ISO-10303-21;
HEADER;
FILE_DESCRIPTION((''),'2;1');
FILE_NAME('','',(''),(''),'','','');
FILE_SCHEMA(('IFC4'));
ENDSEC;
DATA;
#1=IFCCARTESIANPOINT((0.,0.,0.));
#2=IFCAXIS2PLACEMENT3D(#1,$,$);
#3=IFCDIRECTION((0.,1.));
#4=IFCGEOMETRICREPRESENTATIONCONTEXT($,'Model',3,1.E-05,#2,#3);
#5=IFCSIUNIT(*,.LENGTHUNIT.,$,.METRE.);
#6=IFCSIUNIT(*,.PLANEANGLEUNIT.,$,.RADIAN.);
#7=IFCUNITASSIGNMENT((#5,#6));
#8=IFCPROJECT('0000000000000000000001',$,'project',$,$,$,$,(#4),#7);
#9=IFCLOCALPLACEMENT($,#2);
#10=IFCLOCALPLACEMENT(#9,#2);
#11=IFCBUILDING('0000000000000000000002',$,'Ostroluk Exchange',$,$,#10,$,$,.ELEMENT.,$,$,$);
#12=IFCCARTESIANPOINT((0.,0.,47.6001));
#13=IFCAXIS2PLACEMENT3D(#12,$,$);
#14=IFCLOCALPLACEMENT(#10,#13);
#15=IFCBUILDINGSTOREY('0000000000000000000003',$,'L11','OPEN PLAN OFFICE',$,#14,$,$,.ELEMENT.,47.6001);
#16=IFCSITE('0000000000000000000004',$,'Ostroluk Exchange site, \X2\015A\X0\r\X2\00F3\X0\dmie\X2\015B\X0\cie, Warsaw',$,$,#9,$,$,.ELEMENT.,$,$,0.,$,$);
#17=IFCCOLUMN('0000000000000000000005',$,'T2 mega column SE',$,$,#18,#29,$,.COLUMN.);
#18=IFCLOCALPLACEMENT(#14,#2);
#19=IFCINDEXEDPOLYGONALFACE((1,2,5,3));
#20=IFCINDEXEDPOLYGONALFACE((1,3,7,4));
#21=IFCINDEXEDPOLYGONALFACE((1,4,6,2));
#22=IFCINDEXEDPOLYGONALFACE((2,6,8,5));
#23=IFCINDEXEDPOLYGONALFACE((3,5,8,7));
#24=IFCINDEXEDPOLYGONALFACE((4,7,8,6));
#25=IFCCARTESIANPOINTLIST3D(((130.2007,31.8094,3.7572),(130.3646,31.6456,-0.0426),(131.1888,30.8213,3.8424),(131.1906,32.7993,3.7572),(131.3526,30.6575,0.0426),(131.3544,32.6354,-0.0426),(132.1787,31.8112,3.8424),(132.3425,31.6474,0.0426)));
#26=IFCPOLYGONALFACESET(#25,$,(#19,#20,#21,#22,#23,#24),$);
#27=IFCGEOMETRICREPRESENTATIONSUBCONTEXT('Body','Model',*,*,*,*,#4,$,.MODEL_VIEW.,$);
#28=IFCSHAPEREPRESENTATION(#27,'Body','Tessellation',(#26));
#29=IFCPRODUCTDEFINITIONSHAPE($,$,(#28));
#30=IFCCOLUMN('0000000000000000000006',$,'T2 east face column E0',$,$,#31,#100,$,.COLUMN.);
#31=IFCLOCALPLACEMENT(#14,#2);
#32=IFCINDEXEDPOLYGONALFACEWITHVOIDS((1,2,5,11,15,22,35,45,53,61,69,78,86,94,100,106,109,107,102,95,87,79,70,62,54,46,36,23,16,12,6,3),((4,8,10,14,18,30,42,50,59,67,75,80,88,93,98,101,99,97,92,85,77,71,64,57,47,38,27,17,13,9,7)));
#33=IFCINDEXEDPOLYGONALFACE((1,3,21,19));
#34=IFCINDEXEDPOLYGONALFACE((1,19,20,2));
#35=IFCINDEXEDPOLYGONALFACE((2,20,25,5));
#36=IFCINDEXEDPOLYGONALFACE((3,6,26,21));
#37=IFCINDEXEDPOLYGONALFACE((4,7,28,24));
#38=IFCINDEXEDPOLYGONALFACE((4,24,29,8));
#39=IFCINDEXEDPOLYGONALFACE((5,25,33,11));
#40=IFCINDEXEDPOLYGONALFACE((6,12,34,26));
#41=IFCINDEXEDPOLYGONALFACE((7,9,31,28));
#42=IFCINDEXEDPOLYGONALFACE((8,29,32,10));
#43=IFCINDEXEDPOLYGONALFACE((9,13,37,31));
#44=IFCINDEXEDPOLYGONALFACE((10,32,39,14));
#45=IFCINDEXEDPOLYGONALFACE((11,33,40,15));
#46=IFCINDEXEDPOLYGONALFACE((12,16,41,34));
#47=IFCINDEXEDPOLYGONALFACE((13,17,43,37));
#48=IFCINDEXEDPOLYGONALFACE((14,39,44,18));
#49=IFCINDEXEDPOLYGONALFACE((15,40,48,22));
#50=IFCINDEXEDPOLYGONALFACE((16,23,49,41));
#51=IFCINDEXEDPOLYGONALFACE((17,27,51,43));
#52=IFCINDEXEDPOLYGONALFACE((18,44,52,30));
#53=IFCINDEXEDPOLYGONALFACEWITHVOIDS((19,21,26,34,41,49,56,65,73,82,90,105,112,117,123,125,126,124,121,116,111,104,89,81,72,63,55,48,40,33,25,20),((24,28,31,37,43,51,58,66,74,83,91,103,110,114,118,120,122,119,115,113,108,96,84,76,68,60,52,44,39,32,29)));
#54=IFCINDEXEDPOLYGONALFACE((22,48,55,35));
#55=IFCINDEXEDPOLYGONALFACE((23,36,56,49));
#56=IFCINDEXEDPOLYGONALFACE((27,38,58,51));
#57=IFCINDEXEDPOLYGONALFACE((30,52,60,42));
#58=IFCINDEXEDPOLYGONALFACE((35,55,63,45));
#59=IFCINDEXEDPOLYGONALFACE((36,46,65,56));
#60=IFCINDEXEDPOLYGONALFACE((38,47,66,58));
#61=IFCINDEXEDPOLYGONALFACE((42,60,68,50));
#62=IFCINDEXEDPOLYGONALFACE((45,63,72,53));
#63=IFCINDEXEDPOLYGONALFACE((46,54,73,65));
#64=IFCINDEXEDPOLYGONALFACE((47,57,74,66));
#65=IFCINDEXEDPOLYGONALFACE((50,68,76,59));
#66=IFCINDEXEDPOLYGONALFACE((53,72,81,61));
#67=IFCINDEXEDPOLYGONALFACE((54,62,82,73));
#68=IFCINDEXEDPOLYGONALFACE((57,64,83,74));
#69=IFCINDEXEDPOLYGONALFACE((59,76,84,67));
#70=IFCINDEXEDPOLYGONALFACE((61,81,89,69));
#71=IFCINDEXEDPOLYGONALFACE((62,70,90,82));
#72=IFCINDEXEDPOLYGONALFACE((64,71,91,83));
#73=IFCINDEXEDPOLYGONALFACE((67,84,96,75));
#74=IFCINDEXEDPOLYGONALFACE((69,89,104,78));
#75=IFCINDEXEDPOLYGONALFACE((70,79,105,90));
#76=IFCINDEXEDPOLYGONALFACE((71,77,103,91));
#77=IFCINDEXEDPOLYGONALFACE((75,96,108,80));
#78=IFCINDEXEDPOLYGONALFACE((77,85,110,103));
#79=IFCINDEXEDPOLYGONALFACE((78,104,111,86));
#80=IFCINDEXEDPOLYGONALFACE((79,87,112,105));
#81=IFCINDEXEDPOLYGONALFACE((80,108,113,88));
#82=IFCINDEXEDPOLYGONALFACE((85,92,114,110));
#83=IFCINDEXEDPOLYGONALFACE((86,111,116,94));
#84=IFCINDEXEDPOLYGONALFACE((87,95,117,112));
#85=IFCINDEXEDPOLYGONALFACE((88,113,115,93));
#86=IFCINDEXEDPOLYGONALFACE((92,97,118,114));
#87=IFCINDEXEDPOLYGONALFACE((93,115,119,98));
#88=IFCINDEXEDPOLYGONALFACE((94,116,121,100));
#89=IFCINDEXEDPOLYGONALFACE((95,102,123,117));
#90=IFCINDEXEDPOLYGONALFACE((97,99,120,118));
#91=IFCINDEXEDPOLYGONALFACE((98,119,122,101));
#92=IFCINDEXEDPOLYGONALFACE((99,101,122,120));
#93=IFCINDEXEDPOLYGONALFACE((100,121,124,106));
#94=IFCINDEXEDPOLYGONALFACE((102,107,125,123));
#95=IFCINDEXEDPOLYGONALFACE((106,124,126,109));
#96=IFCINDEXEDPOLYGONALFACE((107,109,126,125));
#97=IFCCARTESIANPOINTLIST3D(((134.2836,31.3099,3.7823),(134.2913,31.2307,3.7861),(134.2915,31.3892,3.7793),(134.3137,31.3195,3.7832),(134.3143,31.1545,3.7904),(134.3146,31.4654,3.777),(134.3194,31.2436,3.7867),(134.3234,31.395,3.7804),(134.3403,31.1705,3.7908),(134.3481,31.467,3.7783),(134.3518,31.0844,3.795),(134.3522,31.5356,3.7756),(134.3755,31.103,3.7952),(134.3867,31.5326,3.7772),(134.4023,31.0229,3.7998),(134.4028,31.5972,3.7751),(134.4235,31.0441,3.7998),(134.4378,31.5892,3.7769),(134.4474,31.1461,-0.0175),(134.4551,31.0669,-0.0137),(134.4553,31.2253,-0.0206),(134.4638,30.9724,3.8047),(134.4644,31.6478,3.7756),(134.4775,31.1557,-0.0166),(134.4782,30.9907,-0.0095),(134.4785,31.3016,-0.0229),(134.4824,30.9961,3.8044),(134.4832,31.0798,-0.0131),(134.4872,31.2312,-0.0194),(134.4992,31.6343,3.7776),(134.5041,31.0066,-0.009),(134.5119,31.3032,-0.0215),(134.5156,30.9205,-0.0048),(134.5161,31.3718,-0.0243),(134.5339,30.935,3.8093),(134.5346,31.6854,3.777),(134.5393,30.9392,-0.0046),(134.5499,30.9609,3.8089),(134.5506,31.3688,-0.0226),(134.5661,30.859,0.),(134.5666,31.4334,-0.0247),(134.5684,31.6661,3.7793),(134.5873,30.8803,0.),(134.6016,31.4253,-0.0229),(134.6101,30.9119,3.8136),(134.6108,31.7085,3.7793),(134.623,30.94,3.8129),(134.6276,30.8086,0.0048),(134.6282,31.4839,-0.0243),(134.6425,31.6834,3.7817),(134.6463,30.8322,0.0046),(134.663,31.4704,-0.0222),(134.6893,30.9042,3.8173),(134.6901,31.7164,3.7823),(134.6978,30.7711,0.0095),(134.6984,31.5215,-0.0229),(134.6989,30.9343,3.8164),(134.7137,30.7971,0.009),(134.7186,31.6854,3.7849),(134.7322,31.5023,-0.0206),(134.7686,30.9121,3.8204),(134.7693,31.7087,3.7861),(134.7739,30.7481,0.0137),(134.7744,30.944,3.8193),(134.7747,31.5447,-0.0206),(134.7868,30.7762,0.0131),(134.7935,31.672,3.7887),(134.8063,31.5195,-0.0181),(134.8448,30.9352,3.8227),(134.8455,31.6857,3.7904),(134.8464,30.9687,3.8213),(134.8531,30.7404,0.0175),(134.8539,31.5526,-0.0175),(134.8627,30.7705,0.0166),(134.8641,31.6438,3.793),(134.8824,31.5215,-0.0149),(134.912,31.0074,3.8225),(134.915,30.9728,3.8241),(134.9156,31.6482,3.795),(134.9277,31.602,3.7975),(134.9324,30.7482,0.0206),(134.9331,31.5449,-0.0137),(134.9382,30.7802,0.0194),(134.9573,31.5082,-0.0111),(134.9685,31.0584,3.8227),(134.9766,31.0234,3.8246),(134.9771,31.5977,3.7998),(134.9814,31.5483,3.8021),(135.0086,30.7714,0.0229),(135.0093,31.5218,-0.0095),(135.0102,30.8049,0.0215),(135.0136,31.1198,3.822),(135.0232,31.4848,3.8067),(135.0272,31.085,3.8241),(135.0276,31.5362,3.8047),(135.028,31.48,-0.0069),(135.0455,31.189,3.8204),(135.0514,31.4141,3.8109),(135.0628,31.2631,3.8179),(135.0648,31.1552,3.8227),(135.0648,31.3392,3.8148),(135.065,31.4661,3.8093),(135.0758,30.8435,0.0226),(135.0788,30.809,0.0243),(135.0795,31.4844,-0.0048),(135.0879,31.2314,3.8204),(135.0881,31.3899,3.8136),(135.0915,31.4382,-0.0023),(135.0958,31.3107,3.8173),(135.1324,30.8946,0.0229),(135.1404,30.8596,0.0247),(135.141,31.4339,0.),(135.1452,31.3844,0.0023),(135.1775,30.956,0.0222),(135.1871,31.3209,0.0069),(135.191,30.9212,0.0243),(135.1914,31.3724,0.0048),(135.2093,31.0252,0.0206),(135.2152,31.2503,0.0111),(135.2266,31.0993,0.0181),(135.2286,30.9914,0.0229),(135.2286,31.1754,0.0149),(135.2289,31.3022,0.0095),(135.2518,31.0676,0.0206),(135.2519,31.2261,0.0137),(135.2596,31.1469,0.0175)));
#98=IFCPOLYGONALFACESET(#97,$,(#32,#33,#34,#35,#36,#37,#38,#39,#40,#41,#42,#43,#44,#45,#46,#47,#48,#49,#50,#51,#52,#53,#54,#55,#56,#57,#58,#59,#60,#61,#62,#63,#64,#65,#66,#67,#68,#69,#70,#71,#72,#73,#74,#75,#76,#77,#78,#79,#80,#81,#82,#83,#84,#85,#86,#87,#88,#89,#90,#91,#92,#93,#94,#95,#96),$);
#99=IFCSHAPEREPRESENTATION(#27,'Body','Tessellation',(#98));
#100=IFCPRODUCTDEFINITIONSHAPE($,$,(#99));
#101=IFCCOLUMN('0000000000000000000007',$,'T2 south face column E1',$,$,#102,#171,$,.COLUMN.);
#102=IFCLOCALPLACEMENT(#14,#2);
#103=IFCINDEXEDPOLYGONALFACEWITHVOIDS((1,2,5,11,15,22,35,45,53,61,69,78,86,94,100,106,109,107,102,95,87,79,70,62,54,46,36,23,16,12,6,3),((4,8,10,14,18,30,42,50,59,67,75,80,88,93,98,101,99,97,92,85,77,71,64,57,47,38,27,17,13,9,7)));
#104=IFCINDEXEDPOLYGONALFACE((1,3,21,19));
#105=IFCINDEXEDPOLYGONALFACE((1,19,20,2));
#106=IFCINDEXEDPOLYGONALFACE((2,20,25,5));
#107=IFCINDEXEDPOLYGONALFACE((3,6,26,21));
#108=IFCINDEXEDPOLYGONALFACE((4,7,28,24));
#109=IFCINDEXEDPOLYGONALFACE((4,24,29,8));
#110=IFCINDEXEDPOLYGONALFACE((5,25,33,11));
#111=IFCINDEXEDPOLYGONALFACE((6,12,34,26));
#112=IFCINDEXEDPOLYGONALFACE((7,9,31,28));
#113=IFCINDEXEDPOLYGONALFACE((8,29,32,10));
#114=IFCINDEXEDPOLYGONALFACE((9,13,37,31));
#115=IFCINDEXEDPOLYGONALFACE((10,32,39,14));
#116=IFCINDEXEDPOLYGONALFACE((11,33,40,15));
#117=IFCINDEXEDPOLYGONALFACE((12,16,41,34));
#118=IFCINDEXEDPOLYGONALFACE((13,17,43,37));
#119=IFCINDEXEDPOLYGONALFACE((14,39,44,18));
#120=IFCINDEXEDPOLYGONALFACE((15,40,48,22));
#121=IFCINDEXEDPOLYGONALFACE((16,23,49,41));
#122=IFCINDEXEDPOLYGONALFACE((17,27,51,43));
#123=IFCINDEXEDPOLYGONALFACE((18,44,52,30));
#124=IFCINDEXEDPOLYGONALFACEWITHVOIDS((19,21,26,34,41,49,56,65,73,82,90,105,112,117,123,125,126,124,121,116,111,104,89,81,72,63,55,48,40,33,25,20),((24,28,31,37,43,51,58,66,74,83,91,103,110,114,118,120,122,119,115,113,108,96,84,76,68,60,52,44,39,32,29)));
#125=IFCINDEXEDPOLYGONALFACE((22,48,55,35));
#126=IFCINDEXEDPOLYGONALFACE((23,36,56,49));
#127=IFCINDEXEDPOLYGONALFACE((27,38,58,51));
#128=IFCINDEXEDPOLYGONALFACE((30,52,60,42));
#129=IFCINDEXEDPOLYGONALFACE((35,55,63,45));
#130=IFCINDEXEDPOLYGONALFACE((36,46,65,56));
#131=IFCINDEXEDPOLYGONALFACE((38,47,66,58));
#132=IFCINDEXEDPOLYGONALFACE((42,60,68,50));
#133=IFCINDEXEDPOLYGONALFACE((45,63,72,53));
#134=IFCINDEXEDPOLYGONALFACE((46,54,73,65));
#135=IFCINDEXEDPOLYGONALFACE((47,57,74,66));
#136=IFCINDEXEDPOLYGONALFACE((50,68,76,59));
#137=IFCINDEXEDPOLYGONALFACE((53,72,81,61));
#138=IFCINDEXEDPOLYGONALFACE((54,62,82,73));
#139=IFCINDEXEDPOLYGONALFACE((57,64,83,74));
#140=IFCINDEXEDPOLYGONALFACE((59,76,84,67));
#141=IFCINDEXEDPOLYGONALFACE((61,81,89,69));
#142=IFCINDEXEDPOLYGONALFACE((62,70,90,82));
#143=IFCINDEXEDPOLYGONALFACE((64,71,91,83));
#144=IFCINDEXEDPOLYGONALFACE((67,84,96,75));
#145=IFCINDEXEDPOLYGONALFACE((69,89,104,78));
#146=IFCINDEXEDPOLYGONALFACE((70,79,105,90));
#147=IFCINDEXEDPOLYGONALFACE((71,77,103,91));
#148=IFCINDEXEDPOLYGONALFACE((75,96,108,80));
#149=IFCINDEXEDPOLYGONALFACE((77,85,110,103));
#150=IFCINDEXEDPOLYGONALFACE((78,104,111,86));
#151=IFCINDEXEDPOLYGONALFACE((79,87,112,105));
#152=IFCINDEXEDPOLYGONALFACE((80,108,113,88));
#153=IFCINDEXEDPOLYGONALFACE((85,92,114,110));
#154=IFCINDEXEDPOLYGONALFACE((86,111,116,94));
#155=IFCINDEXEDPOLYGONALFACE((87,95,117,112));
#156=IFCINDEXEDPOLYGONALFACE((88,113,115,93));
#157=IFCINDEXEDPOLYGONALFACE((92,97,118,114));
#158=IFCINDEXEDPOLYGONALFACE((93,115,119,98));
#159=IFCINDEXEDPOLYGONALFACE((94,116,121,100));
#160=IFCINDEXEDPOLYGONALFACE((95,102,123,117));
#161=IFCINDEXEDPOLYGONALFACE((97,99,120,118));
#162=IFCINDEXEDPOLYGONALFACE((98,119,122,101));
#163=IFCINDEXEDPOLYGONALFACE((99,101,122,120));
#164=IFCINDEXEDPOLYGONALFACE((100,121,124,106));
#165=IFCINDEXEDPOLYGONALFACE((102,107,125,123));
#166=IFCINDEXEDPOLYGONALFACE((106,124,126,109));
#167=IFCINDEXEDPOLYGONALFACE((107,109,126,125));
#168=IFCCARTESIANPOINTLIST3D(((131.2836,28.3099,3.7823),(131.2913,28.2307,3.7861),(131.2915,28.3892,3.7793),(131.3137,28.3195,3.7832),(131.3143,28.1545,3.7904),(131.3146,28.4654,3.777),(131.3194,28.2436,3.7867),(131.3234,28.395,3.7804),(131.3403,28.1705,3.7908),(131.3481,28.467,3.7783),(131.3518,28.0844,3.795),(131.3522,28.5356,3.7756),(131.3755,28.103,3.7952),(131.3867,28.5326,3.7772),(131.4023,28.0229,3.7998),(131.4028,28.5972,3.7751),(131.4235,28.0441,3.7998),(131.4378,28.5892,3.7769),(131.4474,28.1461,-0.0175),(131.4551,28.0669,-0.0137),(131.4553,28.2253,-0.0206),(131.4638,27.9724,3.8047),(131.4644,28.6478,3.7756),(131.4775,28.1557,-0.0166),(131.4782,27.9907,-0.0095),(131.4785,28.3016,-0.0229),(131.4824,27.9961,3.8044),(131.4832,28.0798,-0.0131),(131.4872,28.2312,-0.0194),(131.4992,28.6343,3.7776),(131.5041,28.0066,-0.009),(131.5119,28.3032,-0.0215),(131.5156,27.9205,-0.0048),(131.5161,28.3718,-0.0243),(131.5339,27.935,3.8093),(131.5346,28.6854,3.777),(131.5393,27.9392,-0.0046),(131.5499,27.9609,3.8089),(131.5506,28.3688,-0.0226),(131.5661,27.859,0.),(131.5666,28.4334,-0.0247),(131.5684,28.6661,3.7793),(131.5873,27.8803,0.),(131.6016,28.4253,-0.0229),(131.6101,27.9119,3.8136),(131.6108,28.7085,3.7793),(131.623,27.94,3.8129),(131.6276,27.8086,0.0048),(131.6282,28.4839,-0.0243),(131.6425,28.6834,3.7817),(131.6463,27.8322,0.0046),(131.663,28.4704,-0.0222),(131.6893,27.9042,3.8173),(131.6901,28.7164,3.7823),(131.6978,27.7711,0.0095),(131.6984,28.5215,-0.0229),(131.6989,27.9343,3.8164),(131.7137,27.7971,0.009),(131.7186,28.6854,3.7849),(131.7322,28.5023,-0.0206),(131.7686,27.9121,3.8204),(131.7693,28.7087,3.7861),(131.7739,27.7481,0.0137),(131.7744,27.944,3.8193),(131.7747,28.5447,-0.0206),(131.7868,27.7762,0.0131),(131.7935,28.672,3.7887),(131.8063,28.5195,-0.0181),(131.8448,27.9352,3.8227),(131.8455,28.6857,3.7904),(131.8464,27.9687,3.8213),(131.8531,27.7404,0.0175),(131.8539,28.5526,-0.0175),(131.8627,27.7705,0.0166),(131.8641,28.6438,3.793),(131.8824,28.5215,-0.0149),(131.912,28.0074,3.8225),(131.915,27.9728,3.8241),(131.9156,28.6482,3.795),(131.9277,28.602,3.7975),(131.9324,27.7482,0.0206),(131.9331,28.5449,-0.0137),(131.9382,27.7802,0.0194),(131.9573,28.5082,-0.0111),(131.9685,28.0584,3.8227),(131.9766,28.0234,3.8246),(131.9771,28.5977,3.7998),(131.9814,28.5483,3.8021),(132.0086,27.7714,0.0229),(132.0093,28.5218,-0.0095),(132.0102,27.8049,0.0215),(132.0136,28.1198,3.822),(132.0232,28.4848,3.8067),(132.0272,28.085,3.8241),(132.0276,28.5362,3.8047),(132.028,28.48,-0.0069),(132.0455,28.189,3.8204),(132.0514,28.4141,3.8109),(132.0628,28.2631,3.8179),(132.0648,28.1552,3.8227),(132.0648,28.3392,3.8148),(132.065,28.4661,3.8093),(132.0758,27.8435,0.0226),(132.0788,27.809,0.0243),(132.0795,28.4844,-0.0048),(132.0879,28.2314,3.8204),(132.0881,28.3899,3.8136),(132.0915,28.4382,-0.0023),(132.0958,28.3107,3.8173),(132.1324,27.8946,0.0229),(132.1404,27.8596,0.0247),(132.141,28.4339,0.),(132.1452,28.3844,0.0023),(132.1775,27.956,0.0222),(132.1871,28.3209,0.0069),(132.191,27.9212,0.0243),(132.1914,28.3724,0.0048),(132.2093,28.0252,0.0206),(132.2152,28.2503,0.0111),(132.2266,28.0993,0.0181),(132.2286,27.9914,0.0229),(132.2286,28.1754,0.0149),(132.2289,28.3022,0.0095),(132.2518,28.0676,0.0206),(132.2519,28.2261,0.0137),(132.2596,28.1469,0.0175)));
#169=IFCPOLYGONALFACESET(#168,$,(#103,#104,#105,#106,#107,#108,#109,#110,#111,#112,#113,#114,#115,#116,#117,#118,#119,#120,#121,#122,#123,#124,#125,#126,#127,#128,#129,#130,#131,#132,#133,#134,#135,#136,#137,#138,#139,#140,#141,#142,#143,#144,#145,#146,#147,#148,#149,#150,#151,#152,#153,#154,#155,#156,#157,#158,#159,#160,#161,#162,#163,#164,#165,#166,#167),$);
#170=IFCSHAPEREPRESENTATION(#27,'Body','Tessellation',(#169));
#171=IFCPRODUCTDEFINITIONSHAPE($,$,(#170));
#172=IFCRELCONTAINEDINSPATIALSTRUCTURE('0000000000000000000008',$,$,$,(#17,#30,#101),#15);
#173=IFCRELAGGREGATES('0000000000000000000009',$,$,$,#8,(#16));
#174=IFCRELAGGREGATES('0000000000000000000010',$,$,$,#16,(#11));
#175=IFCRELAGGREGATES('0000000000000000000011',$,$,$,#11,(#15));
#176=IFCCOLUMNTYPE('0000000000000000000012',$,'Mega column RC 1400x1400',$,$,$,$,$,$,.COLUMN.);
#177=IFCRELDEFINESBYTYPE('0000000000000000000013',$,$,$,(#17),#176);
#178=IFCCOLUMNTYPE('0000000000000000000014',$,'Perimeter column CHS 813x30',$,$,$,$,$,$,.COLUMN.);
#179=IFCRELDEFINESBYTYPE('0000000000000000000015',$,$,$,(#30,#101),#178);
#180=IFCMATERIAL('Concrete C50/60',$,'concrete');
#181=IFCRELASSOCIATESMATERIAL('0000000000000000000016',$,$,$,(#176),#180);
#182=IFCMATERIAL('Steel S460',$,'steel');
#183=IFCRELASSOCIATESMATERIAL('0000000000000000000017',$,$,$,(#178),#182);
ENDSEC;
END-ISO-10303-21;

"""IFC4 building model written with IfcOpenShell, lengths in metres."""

from ifc_helpers import new_model, si_unit, direction, frame, origin, origin_2d, place, context, subcontext, project, spatial, rectangle, hollow_circle, extrude, material, material_profile, profile_set, type_object, element, save


model = new_model("IFC4")

# Units and contexts
model_context = context("Model", 3, precision=1e-05, world=origin(), true_north=direction((0.0, 1.0)))
body_context = subcontext(model_context, "Body", "Model", "MODEL_VIEW")
ifc_project = project(units=[si_unit("LENGTHUNIT", "METRE"), si_unit("PLANEANGLEUNIT", "RADIAN")], contexts=[model_context])

# Site, building, storey
site_placement = place(None, origin())
site = spatial("IfcSite", under=ifc_project, at=site_placement, Name="Ostroluk Exchange site, Śródmieście, Warsaw", CompositionType="ELEMENT", RefElevation=0.0)
building_placement = place(site_placement, origin())
building = spatial("IfcBuilding", under=site, at=building_placement, Name="Ostroluk Exchange", CompositionType="ELEMENT")
storey_placement = place(building_placement, frame((0.0, 0.0, 47.6001)))
storey = spatial("IfcBuildingStorey", under=building, at=storey_placement, Name="L11", Description="OPEN PLAN OFFICE", CompositionType="ELEMENT", Elevation=47.6001)

# Columns
ifc_material_1 = material(Name="Concrete C50/60", Category="concrete")
ifc_material_profile_1 = material_profile(ifc_material_1, rectangle(XDim=1.3999, YDim=1.3999, at=origin_2d()), Name="RC 1400x1400")
ifc_profile_set_1 = profile_set([ifc_material_profile_1], Name="Concrete C50/60")
column_type_1 = type_object("IfcColumnType", Name="Mega column RC 1400x1400", PredefinedType="COLUMN", material=ifc_profile_set_1)
column_placement = place(storey_placement, frame((131.3535, 31.6465, 0.0), z_axis=(-0.043032, 0.043032, 0.998146), x_axis=(-0.707107, -0.707107, 0.0)))
element("IfcColumn", 1, at=column_placement, inside=storey, type_object=column_type_1, Name="T2 mega column SE", PredefinedType="COLUMN", context=body_context, shape_type="SweptSolid", body=[
    extrude(rectangle(XDim=1.3999, YDim=1.3999, at=origin_2d()), origin(), (0.0, 0.0, 1.0), 3.8069),
])
ifc_material_2 = material(Name="Steel S460", Category="steel")
ifc_material_profile_2 = material_profile(ifc_material_2, hollow_circle(Radius=0.4065, WallThickness=0.03, at=origin_2d()), Name="CHS 813x30")
ifc_profile_set_2 = profile_set([ifc_material_profile_2], Name="Steel S460")
column_type_2 = type_object("IfcColumnType", Name="Perimeter column CHS 813x30", PredefinedType="COLUMN", material=ifc_profile_set_2)
for number, where, z_axis, x_axis, name in (
    (2, (134.8535, 31.1465, 0.0), (-0.043032, 0.043032, 0.998146), (-0.707107, -0.707107, 0.0), "T2 east face column E0"),
    (3, (131.8535, 28.1465, 0.0), (-0.043032, 0.043032, 0.998146), (-0.707107, -0.707107, 0.0), "T2 south face column E1"),
):
    element("IfcColumn", number, at=place(storey_placement, frame(where, z_axis=z_axis, x_axis=x_axis)), inside=storey, type_object=column_type_2, Name=name, PredefinedType="COLUMN", context=body_context, shape_type="SweptSolid", body=[
        extrude(hollow_circle(Radius=0.4065, WallThickness=0.03, at=origin_2d()), origin(), (0.0, 0.0, 1.0), 3.8069),
    ])

save(model, "model.ifc")
